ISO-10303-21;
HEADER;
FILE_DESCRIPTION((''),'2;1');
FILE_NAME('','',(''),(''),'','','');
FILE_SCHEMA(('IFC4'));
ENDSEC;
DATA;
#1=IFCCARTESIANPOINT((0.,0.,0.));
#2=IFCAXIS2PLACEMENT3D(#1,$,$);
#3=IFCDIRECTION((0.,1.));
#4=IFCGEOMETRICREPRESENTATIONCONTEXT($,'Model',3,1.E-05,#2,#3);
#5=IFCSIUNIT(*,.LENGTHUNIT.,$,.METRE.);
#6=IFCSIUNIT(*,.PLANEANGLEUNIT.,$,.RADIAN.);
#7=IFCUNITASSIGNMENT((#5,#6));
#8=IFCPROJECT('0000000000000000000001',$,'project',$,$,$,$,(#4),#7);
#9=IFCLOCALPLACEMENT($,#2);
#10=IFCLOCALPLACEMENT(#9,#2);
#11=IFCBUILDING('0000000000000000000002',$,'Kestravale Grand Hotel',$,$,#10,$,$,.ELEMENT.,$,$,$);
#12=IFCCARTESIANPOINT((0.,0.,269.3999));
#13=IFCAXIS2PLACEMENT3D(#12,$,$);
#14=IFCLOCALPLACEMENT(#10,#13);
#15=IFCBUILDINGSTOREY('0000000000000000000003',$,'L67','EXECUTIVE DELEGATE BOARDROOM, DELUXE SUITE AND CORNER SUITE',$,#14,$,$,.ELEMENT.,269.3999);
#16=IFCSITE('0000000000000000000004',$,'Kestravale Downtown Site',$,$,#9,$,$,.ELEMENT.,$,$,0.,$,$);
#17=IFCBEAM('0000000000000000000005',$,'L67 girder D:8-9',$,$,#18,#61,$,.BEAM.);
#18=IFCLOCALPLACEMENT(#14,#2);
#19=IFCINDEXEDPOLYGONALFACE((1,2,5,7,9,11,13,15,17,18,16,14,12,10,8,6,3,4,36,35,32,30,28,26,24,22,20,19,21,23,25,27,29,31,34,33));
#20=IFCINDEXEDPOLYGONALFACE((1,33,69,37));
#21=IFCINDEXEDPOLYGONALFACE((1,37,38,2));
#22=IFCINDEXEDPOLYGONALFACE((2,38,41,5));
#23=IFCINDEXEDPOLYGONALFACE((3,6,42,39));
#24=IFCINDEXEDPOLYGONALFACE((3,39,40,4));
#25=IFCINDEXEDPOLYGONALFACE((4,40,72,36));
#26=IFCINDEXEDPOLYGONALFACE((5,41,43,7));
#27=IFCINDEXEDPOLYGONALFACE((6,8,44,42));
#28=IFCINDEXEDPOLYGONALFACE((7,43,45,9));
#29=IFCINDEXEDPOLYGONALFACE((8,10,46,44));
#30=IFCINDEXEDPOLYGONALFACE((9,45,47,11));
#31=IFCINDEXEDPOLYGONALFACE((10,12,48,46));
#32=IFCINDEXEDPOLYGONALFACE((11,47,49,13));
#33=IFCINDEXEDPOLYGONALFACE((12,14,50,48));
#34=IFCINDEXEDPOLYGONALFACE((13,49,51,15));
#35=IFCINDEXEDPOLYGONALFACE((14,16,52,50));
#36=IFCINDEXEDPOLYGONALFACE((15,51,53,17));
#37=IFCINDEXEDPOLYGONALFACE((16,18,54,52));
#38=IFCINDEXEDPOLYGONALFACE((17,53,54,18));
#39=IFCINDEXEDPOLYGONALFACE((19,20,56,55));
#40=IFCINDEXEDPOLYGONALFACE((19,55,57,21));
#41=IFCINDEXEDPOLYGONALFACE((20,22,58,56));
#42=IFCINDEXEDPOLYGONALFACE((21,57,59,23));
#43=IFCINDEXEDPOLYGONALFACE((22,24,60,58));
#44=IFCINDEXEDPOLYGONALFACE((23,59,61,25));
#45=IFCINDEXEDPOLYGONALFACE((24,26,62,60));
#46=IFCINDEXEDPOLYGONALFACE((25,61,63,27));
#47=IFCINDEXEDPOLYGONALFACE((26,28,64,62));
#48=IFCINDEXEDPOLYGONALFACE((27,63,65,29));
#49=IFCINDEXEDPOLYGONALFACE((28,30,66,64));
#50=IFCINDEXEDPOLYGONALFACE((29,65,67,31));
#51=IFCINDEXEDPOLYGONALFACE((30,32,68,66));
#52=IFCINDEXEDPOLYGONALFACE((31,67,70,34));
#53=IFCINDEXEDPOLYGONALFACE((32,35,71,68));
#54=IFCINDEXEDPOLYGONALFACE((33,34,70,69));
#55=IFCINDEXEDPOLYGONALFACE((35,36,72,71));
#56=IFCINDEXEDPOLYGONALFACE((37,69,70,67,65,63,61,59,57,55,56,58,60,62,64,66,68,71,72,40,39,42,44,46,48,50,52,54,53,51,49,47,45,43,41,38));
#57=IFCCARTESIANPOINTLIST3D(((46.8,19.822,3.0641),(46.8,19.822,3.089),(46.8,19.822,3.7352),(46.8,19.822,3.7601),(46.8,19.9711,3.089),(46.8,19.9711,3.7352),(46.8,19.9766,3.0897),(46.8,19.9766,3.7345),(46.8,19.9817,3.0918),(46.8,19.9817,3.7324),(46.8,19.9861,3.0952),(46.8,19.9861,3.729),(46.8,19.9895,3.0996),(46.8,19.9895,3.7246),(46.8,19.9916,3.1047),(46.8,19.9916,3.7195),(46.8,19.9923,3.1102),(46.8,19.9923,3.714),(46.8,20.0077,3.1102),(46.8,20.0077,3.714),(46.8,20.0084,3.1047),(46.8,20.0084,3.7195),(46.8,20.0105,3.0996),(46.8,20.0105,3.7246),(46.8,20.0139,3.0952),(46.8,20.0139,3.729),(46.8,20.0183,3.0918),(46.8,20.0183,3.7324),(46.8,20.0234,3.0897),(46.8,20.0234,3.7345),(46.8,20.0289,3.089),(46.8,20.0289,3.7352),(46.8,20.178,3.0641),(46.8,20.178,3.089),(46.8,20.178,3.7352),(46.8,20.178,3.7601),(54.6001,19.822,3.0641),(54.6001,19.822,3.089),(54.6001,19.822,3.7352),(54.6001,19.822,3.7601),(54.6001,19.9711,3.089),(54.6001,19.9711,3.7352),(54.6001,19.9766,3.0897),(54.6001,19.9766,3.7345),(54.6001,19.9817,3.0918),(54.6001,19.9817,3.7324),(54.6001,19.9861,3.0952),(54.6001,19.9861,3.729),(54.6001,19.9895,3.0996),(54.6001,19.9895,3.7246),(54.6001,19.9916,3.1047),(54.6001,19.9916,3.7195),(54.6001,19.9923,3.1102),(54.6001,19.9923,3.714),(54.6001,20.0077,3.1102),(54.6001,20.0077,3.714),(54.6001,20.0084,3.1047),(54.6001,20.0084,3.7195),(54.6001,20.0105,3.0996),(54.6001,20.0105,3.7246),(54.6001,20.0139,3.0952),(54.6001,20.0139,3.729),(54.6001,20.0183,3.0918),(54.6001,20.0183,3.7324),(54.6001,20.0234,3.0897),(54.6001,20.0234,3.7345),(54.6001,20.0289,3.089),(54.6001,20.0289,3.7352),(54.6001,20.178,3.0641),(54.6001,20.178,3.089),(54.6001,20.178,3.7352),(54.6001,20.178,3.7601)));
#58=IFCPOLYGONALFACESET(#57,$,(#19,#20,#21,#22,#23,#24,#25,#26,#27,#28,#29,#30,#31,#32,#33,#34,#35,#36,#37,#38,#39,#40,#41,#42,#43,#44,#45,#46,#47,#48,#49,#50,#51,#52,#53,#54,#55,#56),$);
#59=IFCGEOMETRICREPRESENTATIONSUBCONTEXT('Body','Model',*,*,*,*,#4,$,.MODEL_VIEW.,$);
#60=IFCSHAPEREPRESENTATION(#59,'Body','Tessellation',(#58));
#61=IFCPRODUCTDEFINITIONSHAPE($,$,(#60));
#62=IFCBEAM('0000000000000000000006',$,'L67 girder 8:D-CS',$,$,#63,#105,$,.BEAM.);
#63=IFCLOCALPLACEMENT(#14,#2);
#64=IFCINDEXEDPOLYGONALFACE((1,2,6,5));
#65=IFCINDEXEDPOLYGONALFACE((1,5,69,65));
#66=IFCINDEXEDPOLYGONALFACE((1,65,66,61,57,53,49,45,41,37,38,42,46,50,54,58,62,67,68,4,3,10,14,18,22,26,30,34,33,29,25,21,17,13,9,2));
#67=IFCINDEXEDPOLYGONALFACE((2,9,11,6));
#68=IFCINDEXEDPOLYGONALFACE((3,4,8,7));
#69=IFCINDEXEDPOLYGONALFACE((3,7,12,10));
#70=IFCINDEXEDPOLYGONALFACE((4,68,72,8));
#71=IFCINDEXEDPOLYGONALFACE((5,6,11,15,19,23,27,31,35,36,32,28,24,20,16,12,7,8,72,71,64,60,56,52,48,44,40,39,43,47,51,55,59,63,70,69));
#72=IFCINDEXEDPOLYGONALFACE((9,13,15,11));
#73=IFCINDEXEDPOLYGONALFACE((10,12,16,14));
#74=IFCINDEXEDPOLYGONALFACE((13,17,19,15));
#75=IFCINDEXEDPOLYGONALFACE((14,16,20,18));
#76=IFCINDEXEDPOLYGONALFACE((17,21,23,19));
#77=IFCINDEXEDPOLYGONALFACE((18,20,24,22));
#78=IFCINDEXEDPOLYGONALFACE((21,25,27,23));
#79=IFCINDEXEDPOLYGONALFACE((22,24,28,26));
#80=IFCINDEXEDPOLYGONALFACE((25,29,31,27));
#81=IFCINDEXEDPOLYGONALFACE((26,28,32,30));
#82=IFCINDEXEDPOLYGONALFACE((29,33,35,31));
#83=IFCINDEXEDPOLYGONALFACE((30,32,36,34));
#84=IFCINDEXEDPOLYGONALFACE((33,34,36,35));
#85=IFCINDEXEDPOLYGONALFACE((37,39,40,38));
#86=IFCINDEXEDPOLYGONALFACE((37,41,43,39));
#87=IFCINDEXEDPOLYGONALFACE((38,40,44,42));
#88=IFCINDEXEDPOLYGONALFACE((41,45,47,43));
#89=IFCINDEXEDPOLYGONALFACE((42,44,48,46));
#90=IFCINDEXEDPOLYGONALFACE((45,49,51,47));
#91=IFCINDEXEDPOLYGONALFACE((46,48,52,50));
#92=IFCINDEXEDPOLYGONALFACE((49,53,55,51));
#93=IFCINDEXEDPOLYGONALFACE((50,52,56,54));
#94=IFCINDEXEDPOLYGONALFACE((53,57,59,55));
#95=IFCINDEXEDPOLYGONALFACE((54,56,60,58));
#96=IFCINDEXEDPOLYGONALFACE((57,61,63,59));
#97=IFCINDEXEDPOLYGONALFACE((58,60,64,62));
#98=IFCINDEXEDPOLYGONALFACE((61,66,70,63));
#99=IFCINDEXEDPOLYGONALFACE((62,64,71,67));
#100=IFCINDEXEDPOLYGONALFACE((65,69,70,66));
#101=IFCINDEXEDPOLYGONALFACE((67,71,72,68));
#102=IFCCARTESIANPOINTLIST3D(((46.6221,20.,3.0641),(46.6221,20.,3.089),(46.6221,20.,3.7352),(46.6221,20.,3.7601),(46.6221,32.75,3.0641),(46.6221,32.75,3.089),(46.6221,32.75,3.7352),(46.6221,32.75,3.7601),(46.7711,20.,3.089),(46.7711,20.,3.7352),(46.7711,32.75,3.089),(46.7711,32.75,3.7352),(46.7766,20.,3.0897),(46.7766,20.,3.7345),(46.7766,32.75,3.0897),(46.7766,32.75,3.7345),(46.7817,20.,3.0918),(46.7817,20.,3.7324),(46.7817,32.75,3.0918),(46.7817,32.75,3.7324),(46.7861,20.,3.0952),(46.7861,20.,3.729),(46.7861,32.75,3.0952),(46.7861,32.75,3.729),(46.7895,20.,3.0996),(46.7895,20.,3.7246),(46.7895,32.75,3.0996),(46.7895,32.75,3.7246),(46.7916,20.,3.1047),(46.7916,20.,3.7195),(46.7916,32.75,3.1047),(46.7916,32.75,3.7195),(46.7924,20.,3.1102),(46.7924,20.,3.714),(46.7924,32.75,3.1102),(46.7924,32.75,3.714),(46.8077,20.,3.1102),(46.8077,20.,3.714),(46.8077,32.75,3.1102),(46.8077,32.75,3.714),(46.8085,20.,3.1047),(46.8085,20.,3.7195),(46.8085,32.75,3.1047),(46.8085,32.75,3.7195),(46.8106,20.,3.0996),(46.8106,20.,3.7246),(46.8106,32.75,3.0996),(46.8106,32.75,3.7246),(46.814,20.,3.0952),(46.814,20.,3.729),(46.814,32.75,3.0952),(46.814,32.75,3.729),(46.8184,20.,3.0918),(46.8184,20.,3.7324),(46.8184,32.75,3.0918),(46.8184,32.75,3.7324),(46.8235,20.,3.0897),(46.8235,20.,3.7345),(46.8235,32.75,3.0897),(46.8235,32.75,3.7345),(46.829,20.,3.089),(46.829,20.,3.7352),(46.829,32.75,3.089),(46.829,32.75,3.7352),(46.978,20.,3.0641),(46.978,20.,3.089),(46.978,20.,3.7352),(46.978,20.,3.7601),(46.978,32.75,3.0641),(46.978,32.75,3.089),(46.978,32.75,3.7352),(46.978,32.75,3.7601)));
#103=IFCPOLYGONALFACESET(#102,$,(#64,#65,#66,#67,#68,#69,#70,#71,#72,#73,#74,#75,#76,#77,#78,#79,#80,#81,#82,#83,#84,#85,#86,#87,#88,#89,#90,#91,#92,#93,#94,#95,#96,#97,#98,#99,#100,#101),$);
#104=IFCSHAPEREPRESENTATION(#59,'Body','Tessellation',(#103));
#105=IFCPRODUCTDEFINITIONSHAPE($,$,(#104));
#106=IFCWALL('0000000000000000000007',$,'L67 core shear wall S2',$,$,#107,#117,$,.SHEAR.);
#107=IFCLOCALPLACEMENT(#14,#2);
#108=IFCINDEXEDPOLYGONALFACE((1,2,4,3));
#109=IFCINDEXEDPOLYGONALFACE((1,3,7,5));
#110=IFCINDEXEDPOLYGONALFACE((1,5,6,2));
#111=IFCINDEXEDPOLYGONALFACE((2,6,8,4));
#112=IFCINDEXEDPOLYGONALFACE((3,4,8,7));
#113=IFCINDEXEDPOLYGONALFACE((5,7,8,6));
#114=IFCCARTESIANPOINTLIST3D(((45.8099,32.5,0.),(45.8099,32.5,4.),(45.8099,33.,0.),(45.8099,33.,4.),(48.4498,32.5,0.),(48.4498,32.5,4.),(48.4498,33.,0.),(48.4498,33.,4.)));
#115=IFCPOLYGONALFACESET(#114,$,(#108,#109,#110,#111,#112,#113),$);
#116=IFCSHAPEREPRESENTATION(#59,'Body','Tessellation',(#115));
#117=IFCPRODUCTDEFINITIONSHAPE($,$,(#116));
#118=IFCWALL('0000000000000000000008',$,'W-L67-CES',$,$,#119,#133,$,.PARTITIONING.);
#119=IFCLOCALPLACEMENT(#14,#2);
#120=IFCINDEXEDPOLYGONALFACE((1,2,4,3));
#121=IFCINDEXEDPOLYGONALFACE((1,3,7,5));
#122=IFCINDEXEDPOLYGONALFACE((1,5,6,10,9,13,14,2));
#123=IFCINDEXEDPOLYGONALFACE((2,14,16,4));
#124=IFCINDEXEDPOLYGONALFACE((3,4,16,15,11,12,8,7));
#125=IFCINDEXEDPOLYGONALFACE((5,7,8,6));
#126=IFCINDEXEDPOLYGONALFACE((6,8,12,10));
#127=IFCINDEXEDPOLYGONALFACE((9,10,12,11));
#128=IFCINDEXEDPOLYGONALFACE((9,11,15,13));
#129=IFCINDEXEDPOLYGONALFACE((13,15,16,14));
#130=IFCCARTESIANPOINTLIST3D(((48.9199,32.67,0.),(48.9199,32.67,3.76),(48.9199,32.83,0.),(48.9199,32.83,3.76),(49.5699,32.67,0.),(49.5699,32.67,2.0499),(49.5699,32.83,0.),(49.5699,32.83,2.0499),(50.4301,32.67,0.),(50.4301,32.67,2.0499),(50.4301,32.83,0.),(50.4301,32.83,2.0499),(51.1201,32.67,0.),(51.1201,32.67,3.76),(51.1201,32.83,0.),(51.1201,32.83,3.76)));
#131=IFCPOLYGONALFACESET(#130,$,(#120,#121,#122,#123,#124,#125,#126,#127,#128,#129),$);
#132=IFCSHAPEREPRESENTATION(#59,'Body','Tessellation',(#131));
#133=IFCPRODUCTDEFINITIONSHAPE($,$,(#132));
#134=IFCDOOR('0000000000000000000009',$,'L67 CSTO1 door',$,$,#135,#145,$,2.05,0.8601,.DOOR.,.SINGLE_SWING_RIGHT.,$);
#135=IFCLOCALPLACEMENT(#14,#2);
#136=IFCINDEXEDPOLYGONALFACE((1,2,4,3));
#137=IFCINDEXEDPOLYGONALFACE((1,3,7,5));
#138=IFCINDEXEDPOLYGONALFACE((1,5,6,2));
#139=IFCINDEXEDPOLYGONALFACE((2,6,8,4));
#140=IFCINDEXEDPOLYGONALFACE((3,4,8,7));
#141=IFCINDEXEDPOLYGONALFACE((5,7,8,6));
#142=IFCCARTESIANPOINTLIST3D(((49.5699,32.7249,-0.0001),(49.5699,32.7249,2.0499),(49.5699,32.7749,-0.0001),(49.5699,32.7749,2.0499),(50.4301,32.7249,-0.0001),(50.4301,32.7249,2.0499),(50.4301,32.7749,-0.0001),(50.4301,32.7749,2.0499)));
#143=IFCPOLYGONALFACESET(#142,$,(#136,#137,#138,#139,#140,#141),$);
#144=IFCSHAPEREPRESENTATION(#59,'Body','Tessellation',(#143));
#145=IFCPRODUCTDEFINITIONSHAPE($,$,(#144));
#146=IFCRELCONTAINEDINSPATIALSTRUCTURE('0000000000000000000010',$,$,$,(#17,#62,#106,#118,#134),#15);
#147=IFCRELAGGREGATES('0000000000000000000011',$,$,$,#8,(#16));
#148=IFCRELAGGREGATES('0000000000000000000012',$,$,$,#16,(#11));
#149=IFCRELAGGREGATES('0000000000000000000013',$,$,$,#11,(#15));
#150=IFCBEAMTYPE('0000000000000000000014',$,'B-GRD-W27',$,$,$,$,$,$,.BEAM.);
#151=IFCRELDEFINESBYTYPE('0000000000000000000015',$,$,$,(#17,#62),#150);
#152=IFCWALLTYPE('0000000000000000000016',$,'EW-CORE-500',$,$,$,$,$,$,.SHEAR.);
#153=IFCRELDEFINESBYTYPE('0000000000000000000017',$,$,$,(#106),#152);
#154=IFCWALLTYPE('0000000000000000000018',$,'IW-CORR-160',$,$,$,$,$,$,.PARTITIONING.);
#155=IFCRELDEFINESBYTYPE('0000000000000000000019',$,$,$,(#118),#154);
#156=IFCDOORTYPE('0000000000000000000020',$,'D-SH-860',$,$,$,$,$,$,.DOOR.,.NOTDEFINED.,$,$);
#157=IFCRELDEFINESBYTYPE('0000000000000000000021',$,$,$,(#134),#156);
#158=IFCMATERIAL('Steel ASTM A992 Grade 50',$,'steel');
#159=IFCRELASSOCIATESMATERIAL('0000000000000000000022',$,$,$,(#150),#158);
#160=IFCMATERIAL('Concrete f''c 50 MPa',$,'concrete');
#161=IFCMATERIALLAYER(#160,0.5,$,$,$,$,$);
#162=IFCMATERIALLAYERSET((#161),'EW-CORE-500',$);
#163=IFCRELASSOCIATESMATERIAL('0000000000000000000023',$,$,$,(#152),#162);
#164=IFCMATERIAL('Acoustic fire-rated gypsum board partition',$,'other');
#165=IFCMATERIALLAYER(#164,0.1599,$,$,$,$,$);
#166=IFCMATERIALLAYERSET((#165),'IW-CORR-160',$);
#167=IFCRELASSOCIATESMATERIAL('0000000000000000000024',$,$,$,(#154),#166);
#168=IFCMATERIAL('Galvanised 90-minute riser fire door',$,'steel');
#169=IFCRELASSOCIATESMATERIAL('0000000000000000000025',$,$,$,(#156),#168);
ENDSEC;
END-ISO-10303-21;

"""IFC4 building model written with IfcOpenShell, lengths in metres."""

from ifc_helpers import new_model, si_unit, direction, frame, frame_2d, origin, origin_2d, place, context, subcontext, project, spatial, rectangle, i_section, extrude, material, layer, layer_set, material_profile, profile_set, type_object, element, fill, save


model = new_model("IFC4")

# Units and contexts
model_context = context("Model", 3, precision=1e-05, world=origin(), true_north=direction((0.0, 1.0)))
body_context = subcontext(model_context, "Body", "Model", "MODEL_VIEW")
ifc_project = project(units=[si_unit("LENGTHUNIT", "METRE"), si_unit("PLANEANGLEUNIT", "RADIAN")], contexts=[model_context])

# Site, building, storey
site_placement = place(None, origin())
site = spatial("IfcSite", under=ifc_project, at=site_placement, Name="Kestravale Downtown Site", CompositionType="ELEMENT", RefElevation=0.0)
building_placement = place(site_placement, origin())
building = spatial("IfcBuilding", under=site, at=building_placement, Name="Kestravale Grand Hotel", CompositionType="ELEMENT")
storey_placement = place(building_placement, frame((0.0, 0.0, 269.3999)))
storey = spatial("IfcBuildingStorey", under=building, at=storey_placement, Name="L67", Description="EXECUTIVE DELEGATE BOARDROOM, DELUXE SUITE AND CORNER SUITE", CompositionType="ELEMENT", Elevation=269.3999)

# Beams
ifc_material_1 = material(Name="Steel ASTM A992 Grade 50", Category="steel")
ifc_material_profile_1 = material_profile(ifc_material_1, i_section(OverallWidth=0.356, OverallDepth=0.696, WebThickness=0.0154, FlangeThickness=0.0249, FilletRadius=0.0212, at=origin_2d()))
ifc_profile_set_1 = profile_set([ifc_material_profile_1], Name="Steel ASTM A992 Grade 50")
beam_type = type_object("IfcBeamType", Name="B-GRD-W27", PredefinedType="BEAM", material=ifc_profile_set_1)
beam_1_placement = place(storey_placement, frame((46.8, 20.0, 3.4121), z_axis=(1.0, 0.0, 0.0), x_axis=(0.0, 1.0, 0.0)))
element("IfcBeam", 1, at=beam_1_placement, inside=storey, type_object=beam_type, Name="L67 girder D:8-9", PredefinedType="BEAM", context=body_context, shape_type="SweptSolid", body=[
    extrude(i_section(OverallWidth=0.356, OverallDepth=0.696, WebThickness=0.0154, FlangeThickness=0.0249, FilletRadius=0.0212, at=origin_2d()), origin(), (0.0, 0.0, 1.0), 7.8),
])
beam_2_placement = place(storey_placement, frame((46.8, 20.0, 3.4121), z_axis=(0.0, 1.0, 0.0), x_axis=(-1.0, 0.0, 0.0)))
element("IfcBeam", 2, at=beam_2_placement, inside=storey, type_object=beam_type, Name="L67 girder 8:D-CS", PredefinedType="BEAM", context=body_context, shape_type="SweptSolid", body=[
    extrude(i_section(OverallWidth=0.356, OverallDepth=0.696, WebThickness=0.0154, FlangeThickness=0.0249, FilletRadius=0.0212, at=origin_2d()), origin(), (0.0, 0.0, 1.0), 12.75),
])

# Wall
ifc_material_2 = material(Name="Concrete f'c 50 MPa", Category="concrete")
ifc_layer_1 = layer(ifc_material_2, 0.5)
ifc_layer_set_1 = layer_set([ifc_layer_1], Name="EW-CORE-500")
wall_type_1 = type_object("IfcWallType", Name="EW-CORE-500", PredefinedType="SHEAR", material=ifc_layer_set_1)
wall_1_placement = place(storey_placement, frame((45.8101, 32.75, 0.0), z_axis=(0.0, 0.0, 1.0), x_axis=(1.0, 0.0, 0.0)))
element("IfcWall", 3, at=wall_1_placement, inside=storey, type_object=wall_type_1, Name="L67 core shear wall S2", PredefinedType="SHEAR", context=body_context, shape_type="SweptSolid", body=[
    extrude(rectangle(XDim=2.6399, YDim=0.5, at=frame_2d((1.3198, 0.0))), origin(), (0.0, 0.0, 1.0), 4.0),
])

# Wall, opening, door
ifc_material_3 = material(Name="Acoustic fire-rated gypsum board partition", Category="other")
ifc_layer_2 = layer(ifc_material_3, 0.1599)
ifc_layer_set_2 = layer_set([ifc_layer_2], Name="IW-CORR-160")
wall_type_2 = type_object("IfcWallType", Name="IW-CORR-160", PredefinedType="PARTITIONING", material=ifc_layer_set_2)
wall_2_placement = place(storey_placement, frame((48.9199, 32.75, 0.0), z_axis=(0.0, 0.0, 1.0), x_axis=(1.0, 0.0, 0.0)))
wall_2 = element("IfcWall", 4, at=wall_2_placement, inside=storey, type_object=wall_type_2, Name="W-L67-CES", PredefinedType="PARTITIONING", context=body_context, shape_type="SweptSolid", body=[
    extrude(rectangle(XDim=2.2002, YDim=0.1599, at=frame_2d((1.1001, 0.0))), origin(), (0.0, 0.0, 1.0), 3.76),
])
opening_1_placement = place(wall_2_placement, frame((0.6499, 0.0, 0.0)))
opening_1 = element("IfcOpeningElement", 5, at=opening_1_placement, cuts=wall_2, PredefinedType="OPENING", context=body_context, shape_type="SweptSolid", body=[
    extrude(rectangle(XDim=0.8601, YDim=2.05, at=frame_2d((0.4302, 1.0249))), frame((0.0, 0.0898, 0.0), z_axis=(0.0, -1.0, 0.0), x_axis=(1.0, 0.0, 0.0)), (0.0, 0.0, 1.0), 0.1799),
])
ifc_material_4 = material(Name="Galvanised 90-minute riser fire door", Category="steel")
door_type_1 = type_object("IfcDoorType", Name="D-SH-860", OperationType="NOTDEFINED", PredefinedType="DOOR", material=ifc_material_4)
door_1_placement = place(opening_1_placement, origin())
door_1 = element("IfcDoor", 6, at=door_1_placement, inside=storey, type_object=door_type_1, Name="L67 CSTO1 door", OperationType="SINGLE_SWING_RIGHT", OverallHeight=2.05, OverallWidth=0.8601, PredefinedType="DOOR", context=body_context, shape_type="SweptSolid", body=[
    extrude(rectangle(XDim=0.8601, YDim=2.05, at=frame_2d((0.4302, 1.0249))), frame((0.0, 0.0249, 0.0), z_axis=(0.0, -1.0, 0.0), x_axis=(1.0, 0.0, 0.0)), (0.0, 0.0, 1.0), 0.05),
])
fill(opening_1, door_1)

save(model, "model.ifc")
